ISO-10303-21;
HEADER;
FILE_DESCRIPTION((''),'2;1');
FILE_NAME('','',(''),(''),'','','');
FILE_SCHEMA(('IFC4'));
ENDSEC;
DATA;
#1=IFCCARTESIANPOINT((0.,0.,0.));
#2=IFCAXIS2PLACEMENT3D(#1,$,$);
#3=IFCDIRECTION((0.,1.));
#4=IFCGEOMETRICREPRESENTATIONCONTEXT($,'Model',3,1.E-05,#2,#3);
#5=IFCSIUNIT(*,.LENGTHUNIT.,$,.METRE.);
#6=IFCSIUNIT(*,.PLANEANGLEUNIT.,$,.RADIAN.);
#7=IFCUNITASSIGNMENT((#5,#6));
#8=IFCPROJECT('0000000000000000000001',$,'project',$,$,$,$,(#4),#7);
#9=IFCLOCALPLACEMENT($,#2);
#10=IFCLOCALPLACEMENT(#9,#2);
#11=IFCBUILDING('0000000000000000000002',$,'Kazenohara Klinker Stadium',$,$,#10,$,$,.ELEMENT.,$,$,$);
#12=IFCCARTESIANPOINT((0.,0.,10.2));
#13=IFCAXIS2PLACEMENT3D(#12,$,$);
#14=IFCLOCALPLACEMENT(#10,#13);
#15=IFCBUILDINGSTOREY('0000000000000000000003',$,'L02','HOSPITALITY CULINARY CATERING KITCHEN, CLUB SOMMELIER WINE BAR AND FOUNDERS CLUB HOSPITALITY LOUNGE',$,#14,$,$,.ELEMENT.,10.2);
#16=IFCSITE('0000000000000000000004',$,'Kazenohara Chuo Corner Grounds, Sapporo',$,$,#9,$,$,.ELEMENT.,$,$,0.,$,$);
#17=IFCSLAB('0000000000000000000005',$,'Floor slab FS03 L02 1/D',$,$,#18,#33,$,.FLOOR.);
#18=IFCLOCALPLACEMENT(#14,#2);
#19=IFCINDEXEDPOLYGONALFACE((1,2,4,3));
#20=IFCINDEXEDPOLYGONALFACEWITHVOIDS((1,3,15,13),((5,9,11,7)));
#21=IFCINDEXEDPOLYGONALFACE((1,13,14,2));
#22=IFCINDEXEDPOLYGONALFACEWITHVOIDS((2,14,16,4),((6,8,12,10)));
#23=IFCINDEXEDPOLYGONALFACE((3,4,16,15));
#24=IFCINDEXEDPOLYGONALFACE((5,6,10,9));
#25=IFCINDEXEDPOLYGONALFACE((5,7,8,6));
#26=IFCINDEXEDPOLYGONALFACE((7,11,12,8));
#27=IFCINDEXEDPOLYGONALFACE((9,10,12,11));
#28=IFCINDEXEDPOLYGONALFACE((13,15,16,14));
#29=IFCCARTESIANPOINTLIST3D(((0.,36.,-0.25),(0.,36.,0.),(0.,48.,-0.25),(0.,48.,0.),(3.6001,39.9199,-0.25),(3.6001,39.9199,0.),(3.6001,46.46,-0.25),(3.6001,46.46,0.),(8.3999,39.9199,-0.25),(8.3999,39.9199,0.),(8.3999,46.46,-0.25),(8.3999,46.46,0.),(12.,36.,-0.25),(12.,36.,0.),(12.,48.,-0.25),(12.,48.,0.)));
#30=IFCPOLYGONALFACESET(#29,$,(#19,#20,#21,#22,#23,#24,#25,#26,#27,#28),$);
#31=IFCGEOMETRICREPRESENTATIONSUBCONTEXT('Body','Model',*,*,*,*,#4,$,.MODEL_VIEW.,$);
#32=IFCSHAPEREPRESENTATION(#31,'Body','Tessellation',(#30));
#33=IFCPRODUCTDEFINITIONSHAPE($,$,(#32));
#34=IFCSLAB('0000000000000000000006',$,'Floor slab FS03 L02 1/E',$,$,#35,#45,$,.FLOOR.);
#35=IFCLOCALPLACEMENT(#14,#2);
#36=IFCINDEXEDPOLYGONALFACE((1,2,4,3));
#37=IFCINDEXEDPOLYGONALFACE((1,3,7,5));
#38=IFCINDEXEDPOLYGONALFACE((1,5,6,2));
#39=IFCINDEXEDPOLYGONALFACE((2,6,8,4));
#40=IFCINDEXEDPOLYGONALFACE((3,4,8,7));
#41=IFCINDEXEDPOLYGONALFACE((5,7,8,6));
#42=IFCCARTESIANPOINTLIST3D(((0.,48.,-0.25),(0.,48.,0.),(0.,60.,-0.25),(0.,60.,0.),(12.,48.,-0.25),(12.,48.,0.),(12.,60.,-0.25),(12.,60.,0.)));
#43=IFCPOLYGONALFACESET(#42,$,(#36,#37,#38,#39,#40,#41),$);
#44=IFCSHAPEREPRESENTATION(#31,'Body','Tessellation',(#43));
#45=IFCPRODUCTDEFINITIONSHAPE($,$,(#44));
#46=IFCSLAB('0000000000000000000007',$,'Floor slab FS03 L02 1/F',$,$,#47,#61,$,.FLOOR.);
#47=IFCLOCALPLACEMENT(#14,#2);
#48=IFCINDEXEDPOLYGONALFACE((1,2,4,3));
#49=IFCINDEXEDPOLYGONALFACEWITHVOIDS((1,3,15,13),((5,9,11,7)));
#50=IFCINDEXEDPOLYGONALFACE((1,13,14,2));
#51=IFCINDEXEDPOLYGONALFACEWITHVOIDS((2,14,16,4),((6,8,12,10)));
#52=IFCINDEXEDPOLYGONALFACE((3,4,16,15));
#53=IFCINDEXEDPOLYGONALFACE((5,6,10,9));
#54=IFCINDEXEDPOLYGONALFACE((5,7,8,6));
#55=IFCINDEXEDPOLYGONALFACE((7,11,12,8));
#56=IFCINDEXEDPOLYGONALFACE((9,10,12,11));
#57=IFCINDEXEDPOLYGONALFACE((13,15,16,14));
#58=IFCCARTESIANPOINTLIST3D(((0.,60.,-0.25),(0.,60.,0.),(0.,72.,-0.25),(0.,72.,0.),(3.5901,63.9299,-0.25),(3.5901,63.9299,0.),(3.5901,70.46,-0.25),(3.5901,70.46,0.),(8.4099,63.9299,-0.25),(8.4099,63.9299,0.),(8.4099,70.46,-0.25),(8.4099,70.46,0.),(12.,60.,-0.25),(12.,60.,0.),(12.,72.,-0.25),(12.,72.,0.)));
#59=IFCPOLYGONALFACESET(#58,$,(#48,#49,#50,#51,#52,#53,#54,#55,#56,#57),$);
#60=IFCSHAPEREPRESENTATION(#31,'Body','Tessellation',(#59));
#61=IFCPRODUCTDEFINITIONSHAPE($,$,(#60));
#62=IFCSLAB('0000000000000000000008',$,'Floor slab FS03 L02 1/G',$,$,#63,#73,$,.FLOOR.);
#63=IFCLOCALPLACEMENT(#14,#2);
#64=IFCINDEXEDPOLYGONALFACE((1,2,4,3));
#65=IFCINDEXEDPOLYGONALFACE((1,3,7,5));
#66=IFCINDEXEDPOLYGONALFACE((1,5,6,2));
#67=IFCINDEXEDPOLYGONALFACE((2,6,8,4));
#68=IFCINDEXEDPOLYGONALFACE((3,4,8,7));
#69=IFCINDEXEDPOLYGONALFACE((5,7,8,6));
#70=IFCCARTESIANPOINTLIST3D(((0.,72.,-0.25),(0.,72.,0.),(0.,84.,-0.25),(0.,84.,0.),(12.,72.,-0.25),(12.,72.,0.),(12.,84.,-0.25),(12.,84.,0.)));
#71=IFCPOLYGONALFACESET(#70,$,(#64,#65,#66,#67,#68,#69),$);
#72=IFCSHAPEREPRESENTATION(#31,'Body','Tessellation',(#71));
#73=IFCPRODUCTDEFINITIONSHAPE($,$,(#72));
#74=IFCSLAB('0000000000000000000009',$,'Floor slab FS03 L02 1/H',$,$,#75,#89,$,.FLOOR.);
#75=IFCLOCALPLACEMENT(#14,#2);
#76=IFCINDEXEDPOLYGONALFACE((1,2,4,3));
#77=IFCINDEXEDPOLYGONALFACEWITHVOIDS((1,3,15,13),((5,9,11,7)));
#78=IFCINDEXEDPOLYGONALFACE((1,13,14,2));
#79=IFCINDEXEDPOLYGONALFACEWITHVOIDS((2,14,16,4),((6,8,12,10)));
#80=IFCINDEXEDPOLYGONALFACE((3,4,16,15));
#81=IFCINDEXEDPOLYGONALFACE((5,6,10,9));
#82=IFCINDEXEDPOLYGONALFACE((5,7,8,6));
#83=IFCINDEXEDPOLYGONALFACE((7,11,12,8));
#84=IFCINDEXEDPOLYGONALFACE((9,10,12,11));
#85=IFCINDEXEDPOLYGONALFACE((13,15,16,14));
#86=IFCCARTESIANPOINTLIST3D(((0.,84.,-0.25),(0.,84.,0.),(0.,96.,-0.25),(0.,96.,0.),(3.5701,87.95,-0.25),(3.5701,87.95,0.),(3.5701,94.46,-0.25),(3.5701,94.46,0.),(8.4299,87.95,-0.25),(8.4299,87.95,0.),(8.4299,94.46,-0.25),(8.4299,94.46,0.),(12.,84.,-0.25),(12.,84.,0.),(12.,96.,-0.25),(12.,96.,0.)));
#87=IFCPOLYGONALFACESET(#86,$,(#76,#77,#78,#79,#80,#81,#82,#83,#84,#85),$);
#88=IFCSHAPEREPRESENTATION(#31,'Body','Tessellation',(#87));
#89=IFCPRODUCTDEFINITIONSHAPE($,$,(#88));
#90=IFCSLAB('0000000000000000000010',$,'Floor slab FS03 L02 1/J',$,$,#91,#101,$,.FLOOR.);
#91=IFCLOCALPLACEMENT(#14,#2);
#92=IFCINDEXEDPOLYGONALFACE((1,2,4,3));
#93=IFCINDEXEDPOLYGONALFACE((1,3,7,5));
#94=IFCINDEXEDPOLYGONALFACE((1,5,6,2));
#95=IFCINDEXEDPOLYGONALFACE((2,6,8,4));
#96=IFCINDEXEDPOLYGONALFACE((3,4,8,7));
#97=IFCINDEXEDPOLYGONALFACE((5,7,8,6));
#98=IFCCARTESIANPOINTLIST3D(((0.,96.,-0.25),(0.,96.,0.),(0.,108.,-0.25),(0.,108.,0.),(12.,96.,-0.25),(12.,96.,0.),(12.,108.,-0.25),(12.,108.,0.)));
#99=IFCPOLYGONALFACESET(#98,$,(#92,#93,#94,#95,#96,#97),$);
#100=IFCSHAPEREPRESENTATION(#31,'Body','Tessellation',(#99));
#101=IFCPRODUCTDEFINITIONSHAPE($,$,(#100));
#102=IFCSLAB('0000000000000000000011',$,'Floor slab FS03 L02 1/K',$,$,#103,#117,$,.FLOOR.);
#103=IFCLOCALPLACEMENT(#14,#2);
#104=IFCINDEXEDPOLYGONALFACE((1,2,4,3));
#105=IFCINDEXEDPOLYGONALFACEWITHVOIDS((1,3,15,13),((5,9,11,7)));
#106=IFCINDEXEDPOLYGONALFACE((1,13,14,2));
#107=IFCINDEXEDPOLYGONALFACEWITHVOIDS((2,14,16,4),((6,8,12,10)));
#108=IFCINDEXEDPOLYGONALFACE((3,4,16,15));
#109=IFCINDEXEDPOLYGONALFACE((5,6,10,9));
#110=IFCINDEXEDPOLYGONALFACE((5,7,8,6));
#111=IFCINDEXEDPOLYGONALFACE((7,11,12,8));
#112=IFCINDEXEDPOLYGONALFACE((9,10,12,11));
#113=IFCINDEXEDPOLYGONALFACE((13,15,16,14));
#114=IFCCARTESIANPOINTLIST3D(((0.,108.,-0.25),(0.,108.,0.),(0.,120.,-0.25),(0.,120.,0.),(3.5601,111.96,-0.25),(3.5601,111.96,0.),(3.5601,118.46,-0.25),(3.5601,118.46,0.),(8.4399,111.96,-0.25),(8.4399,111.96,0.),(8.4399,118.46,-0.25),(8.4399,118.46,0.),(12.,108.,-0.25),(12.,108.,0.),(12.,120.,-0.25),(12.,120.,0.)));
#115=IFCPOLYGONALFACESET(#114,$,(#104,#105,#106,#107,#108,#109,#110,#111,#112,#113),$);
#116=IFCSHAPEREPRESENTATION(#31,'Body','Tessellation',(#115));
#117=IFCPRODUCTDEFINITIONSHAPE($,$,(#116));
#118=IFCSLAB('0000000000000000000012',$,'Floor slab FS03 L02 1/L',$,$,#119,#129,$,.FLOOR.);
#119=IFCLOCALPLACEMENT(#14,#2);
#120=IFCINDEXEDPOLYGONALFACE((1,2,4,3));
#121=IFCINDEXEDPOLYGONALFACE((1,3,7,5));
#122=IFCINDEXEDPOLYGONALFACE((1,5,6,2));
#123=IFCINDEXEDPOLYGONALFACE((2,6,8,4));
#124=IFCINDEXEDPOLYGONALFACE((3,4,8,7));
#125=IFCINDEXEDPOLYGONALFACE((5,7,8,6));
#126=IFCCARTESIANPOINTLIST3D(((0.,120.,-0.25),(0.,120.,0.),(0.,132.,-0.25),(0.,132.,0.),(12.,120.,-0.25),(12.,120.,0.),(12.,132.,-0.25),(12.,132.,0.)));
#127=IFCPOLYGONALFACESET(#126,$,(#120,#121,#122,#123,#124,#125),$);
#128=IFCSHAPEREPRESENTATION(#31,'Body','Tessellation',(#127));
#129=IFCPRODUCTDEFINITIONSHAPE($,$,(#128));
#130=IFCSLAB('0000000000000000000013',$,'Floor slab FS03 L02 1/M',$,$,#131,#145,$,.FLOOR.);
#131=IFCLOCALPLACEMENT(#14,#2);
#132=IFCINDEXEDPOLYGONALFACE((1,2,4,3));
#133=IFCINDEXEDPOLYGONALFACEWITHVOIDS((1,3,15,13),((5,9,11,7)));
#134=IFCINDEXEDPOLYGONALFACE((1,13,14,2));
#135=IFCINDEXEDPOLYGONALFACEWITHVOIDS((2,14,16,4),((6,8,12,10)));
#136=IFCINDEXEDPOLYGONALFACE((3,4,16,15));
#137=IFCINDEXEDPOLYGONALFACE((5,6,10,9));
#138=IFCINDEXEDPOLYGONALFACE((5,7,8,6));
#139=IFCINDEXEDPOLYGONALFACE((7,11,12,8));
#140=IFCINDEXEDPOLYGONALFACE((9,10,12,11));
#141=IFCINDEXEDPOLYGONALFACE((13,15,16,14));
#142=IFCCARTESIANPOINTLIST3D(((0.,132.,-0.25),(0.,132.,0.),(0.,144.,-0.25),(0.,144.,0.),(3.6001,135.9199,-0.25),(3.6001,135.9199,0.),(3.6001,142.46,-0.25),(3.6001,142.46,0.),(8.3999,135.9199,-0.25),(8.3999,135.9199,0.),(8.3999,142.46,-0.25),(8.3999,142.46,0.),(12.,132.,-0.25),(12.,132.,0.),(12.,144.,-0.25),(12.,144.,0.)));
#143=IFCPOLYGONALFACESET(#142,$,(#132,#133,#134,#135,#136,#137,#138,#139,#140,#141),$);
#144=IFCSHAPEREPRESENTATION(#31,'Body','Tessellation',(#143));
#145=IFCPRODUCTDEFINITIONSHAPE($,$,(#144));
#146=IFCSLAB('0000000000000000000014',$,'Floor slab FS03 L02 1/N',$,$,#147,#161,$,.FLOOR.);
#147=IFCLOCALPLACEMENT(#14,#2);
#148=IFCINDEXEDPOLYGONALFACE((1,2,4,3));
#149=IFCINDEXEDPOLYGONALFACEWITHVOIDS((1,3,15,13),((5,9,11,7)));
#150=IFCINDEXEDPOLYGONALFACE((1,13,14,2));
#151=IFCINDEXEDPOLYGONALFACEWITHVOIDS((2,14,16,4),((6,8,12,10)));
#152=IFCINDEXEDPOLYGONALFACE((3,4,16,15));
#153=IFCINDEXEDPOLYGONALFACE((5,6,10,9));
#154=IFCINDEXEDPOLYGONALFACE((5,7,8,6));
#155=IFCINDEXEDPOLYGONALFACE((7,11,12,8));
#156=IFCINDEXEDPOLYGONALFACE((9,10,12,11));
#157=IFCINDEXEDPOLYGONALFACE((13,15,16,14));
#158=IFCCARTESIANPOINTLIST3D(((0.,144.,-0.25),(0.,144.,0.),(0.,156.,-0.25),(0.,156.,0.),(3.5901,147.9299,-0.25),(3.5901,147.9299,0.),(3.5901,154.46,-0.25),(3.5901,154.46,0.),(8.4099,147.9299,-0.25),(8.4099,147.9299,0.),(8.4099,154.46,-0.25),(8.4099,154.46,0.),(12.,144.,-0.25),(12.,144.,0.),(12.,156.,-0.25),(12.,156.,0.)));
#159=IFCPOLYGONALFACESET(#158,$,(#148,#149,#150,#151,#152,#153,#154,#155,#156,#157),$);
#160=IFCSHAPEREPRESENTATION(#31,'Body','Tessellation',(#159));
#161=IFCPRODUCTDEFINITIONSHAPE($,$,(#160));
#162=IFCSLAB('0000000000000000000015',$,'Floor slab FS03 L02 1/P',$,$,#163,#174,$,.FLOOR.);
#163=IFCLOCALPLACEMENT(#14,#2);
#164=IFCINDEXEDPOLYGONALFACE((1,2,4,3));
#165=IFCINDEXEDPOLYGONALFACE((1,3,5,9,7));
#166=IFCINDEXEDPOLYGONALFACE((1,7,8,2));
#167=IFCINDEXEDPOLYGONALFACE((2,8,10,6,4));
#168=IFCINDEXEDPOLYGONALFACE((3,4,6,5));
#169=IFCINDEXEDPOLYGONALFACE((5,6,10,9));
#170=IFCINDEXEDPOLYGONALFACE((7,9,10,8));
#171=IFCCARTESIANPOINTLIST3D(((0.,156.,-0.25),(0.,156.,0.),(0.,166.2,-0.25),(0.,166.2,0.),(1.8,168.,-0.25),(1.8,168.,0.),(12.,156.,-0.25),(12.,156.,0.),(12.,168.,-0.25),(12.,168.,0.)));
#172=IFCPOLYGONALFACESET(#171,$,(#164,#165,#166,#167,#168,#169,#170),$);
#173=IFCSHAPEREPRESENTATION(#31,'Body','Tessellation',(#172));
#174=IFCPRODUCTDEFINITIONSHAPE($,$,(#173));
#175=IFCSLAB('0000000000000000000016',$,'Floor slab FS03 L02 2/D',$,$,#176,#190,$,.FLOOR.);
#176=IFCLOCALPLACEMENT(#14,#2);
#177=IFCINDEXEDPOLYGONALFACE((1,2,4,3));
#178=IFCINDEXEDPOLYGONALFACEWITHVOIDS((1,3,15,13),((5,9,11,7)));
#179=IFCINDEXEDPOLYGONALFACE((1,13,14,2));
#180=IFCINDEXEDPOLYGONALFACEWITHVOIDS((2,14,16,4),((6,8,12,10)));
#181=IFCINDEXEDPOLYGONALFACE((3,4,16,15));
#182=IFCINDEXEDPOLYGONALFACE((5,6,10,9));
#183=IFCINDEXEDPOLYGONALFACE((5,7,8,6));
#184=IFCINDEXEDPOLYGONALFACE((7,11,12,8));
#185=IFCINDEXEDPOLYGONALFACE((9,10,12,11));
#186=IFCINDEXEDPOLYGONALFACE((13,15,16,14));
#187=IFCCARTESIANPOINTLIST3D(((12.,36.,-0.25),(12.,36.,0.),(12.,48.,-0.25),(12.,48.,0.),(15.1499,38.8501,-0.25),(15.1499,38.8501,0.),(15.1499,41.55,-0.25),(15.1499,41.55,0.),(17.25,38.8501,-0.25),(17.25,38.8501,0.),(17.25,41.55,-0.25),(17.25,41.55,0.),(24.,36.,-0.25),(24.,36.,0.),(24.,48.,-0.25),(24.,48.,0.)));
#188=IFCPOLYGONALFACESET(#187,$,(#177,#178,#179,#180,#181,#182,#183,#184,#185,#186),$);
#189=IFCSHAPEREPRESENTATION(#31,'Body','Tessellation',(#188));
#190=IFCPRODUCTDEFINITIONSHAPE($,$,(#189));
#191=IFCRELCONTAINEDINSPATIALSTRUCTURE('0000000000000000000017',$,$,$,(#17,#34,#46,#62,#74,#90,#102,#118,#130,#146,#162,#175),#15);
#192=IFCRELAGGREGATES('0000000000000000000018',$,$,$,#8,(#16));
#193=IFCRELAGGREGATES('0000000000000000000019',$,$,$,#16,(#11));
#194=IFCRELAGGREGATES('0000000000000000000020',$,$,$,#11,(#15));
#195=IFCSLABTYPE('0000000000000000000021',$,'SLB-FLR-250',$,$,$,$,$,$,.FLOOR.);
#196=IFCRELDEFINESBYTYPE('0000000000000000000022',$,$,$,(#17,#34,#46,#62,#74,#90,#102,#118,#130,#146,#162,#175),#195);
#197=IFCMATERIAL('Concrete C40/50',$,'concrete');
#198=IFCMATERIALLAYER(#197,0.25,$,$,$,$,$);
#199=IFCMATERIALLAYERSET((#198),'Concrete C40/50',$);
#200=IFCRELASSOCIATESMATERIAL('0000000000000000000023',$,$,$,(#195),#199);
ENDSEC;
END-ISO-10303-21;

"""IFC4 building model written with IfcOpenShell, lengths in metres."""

from ifc_helpers import new_model, si_unit, direction, frame, origin, place, context, subcontext, project, spatial, polyline, outline, extrude, material, layer, layer_set, type_object, element, save


model = new_model("IFC4")

# Units and contexts
model_context = context("Model", 3, precision=1e-05, world=origin(), true_north=direction((0.0, 1.0)))
body_context = subcontext(model_context, "Body", "Model", "MODEL_VIEW")
ifc_project = project(units=[si_unit("LENGTHUNIT", "METRE"), si_unit("PLANEANGLEUNIT", "RADIAN")], contexts=[model_context])

# Site, building, storey
site_placement = place(None, origin())
site = spatial("IfcSite", under=ifc_project, at=site_placement, Name="Kazenohara Chuo Corner Grounds, Sapporo", CompositionType="ELEMENT", RefElevation=0.0)
building_placement = place(site_placement, origin())
building = spatial("IfcBuilding", under=site, at=building_placement, Name="Kazenohara Klinker Stadium", CompositionType="ELEMENT")
storey_placement = place(building_placement, frame((0.0, 0.0, 10.2)))
storey = spatial("IfcBuildingStorey", under=building, at=storey_placement, Name="L02", Description="HOSPITALITY CULINARY CATERING KITCHEN, CLUB SOMMELIER WINE BAR AND FOUNDERS CLUB HOSPITALITY LOUNGE", CompositionType="ELEMENT", Elevation=10.2)

# Slabs
ifc_material = material(Name="Concrete C40/50", Category="concrete")
ifc_layer = layer(ifc_material, 0.25)
ifc_layer_set = layer_set([ifc_layer], Name="Concrete C40/50")
slab_type = type_object("IfcSlabType", Name="SLB-FLR-250", PredefinedType="FLOOR", material=ifc_layer_set)
slab_1_placement = place(storey_placement, frame((0.0, 0.0, -0.25)))
element("IfcSlab", 1, at=slab_1_placement, inside=storey, type_object=slab_type, Name="Floor slab FS03 L02 1/D", PredefinedType="FLOOR", context=body_context, shape_type="SweptSolid", body=[
    extrude(outline(polyline([(0.0, 36.0), (12.0, 36.0), (12.0, 48.0), (0.0, 48.0), (0.0, 36.0)]), holes=[polyline([(8.3999, 39.9199), (8.3999, 46.46), (3.6001, 46.46), (3.6001, 39.9199), (8.3999, 39.9199)])]), origin(), (0.0, 0.0, 1.0), 0.25),
])
slab_2_placement = place(storey_placement, frame((0.0, 0.0, -0.25)))
element("IfcSlab", 2, at=slab_2_placement, inside=storey, type_object=slab_type, Name="Floor slab FS03 L02 1/E", PredefinedType="FLOOR", context=body_context, shape_type="SweptSolid", body=[
    extrude(outline(polyline([(0.0, 48.0), (12.0, 48.0), (12.0, 60.0), (0.0, 60.0), (0.0, 48.0)])), origin(), (0.0, 0.0, 1.0), 0.25),
])
slab_3_placement = place(storey_placement, frame((0.0, 0.0, -0.25)))
element("IfcSlab", 3, at=slab_3_placement, inside=storey, type_object=slab_type, Name="Floor slab FS03 L02 1/F", PredefinedType="FLOOR", context=body_context, shape_type="SweptSolid", body=[
    extrude(outline(polyline([(0.0, 60.0), (12.0, 60.0), (12.0, 72.0), (0.0, 72.0), (0.0, 60.0)]), holes=[polyline([(8.4099, 63.9299), (8.4099, 70.46), (3.5901, 70.46), (3.5901, 63.9299), (8.4099, 63.9299)])]), origin(), (0.0, 0.0, 1.0), 0.25),
])
slab_4_placement = place(storey_placement, frame((0.0, 0.0, -0.25)))
element("IfcSlab", 4, at=slab_4_placement, inside=storey, type_object=slab_type, Name="Floor slab FS03 L02 1/G", PredefinedType="FLOOR", context=body_context, shape_type="SweptSolid", body=[
    extrude(outline(polyline([(0.0, 72.0), (12.0, 72.0), (12.0, 84.0), (0.0, 84.0), (0.0, 72.0)])), origin(), (0.0, 0.0, 1.0), 0.25),
])
slab_5_placement = place(storey_placement, frame((0.0, 0.0, -0.25)))
element("IfcSlab", 5, at=slab_5_placement, inside=storey, type_object=slab_type, Name="Floor slab FS03 L02 1/H", PredefinedType="FLOOR", context=body_context, shape_type="SweptSolid", body=[
    extrude(outline(polyline([(0.0, 84.0), (12.0, 84.0), (12.0, 96.0), (0.0, 96.0), (0.0, 84.0)]), holes=[polyline([(8.4299, 87.95), (8.4299, 94.46), (3.5701, 94.46), (3.5701, 87.95), (8.4299, 87.95)])]), origin(), (0.0, 0.0, 1.0), 0.25),
])
slab_6_placement = place(storey_placement, frame((0.0, 0.0, -0.25)))
element("IfcSlab", 6, at=slab_6_placement, inside=storey, type_object=slab_type, Name="Floor slab FS03 L02 1/J", PredefinedType="FLOOR", context=body_context, shape_type="SweptSolid", body=[
    extrude(outline(polyline([(0.0, 96.0), (12.0, 96.0), (12.0, 108.0), (0.0, 108.0), (0.0, 96.0)])), origin(), (0.0, 0.0, 1.0), 0.25),
])
slab_7_placement = place(storey_placement, frame((0.0, 0.0, -0.25)))
element("IfcSlab", 7, at=slab_7_placement, inside=storey, type_object=slab_type, Name="Floor slab FS03 L02 1/K", PredefinedType="FLOOR", context=body_context, shape_type="SweptSolid", body=[
    extrude(outline(polyline([(0.0, 108.0), (12.0, 108.0), (12.0, 120.0), (0.0, 120.0), (0.0, 108.0)]), holes=[polyline([(8.4399, 111.96), (8.4399, 118.46), (3.5601, 118.46), (3.5601, 111.96), (8.4399, 111.96)])]), origin(), (0.0, 0.0, 1.0), 0.25),
])
slab_8_placement = place(storey_placement, frame((0.0, 0.0, -0.25)))
element("IfcSlab", 8, at=slab_8_placement, inside=storey, type_object=slab_type, Name="Floor slab FS03 L02 1/L", PredefinedType="FLOOR", context=body_context, shape_type="SweptSolid", body=[
    extrude(outline(polyline([(0.0, 120.0), (12.0, 120.0), (12.0, 132.0), (0.0, 132.0), (0.0, 120.0)])), origin(), (0.0, 0.0, 1.0), 0.25),
])
slab_9_placement = place(storey_placement, frame((0.0, 0.0, -0.25)))
element("IfcSlab", 9, at=slab_9_placement, inside=storey, type_object=slab_type, Name="Floor slab FS03 L02 1/M", PredefinedType="FLOOR", context=body_context, shape_type="SweptSolid", body=[
    extrude(outline(polyline([(0.0, 132.0), (12.0, 132.0), (12.0, 144.0), (0.0, 144.0), (0.0, 132.0)]), holes=[polyline([(8.3999, 135.9199), (8.3999, 142.46), (3.6001, 142.46), (3.6001, 135.9199), (8.3999, 135.9199)])]), origin(), (0.0, 0.0, 1.0), 0.25),
])
slab_10_placement = place(storey_placement, frame((0.0, 0.0, -0.25)))
element("IfcSlab", 10, at=slab_10_placement, inside=storey, type_object=slab_type, Name="Floor slab FS03 L02 1/N", PredefinedType="FLOOR", context=body_context, shape_type="SweptSolid", body=[
    extrude(outline(polyline([(0.0, 144.0), (12.0, 144.0), (12.0, 156.0), (0.0, 156.0), (0.0, 144.0)]), holes=[polyline([(8.4099, 147.9299), (8.4099, 154.46), (3.5901, 154.46), (3.5901, 147.9299), (8.4099, 147.9299)])]), origin(), (0.0, 0.0, 1.0), 0.25),
])
slab_11_placement = place(storey_placement, frame((0.0, 0.0, -0.25)))
element("IfcSlab", 11, at=slab_11_placement, inside=storey, type_object=slab_type, Name="Floor slab FS03 L02 1/P", PredefinedType="FLOOR", context=body_context, shape_type="SweptSolid", body=[
    extrude(outline(polyline([(0.0, 156.0), (12.0, 156.0), (12.0, 168.0), (1.8, 168.0), (0.0, 166.2), (0.0, 156.0)])), origin(), (0.0, 0.0, 1.0), 0.25),
])
slab_12_placement = place(storey_placement, frame((0.0, 0.0, -0.25)))
element("IfcSlab", 12, at=slab_12_placement, inside=storey, type_object=slab_type, Name="Floor slab FS03 L02 2/D", PredefinedType="FLOOR", context=body_context, shape_type="SweptSolid", body=[
    extrude(outline(polyline([(12.0, 36.0), (24.0, 36.0), (24.0, 48.0), (12.0, 48.0), (12.0, 36.0)]), holes=[polyline([(15.1499, 38.8501), (17.25, 38.8501), (17.25, 41.55), (15.1499, 41.55), (15.1499, 38.8501)])]), origin(), (0.0, 0.0, 1.0), 0.25),
])

save(model, "model.ifc")
